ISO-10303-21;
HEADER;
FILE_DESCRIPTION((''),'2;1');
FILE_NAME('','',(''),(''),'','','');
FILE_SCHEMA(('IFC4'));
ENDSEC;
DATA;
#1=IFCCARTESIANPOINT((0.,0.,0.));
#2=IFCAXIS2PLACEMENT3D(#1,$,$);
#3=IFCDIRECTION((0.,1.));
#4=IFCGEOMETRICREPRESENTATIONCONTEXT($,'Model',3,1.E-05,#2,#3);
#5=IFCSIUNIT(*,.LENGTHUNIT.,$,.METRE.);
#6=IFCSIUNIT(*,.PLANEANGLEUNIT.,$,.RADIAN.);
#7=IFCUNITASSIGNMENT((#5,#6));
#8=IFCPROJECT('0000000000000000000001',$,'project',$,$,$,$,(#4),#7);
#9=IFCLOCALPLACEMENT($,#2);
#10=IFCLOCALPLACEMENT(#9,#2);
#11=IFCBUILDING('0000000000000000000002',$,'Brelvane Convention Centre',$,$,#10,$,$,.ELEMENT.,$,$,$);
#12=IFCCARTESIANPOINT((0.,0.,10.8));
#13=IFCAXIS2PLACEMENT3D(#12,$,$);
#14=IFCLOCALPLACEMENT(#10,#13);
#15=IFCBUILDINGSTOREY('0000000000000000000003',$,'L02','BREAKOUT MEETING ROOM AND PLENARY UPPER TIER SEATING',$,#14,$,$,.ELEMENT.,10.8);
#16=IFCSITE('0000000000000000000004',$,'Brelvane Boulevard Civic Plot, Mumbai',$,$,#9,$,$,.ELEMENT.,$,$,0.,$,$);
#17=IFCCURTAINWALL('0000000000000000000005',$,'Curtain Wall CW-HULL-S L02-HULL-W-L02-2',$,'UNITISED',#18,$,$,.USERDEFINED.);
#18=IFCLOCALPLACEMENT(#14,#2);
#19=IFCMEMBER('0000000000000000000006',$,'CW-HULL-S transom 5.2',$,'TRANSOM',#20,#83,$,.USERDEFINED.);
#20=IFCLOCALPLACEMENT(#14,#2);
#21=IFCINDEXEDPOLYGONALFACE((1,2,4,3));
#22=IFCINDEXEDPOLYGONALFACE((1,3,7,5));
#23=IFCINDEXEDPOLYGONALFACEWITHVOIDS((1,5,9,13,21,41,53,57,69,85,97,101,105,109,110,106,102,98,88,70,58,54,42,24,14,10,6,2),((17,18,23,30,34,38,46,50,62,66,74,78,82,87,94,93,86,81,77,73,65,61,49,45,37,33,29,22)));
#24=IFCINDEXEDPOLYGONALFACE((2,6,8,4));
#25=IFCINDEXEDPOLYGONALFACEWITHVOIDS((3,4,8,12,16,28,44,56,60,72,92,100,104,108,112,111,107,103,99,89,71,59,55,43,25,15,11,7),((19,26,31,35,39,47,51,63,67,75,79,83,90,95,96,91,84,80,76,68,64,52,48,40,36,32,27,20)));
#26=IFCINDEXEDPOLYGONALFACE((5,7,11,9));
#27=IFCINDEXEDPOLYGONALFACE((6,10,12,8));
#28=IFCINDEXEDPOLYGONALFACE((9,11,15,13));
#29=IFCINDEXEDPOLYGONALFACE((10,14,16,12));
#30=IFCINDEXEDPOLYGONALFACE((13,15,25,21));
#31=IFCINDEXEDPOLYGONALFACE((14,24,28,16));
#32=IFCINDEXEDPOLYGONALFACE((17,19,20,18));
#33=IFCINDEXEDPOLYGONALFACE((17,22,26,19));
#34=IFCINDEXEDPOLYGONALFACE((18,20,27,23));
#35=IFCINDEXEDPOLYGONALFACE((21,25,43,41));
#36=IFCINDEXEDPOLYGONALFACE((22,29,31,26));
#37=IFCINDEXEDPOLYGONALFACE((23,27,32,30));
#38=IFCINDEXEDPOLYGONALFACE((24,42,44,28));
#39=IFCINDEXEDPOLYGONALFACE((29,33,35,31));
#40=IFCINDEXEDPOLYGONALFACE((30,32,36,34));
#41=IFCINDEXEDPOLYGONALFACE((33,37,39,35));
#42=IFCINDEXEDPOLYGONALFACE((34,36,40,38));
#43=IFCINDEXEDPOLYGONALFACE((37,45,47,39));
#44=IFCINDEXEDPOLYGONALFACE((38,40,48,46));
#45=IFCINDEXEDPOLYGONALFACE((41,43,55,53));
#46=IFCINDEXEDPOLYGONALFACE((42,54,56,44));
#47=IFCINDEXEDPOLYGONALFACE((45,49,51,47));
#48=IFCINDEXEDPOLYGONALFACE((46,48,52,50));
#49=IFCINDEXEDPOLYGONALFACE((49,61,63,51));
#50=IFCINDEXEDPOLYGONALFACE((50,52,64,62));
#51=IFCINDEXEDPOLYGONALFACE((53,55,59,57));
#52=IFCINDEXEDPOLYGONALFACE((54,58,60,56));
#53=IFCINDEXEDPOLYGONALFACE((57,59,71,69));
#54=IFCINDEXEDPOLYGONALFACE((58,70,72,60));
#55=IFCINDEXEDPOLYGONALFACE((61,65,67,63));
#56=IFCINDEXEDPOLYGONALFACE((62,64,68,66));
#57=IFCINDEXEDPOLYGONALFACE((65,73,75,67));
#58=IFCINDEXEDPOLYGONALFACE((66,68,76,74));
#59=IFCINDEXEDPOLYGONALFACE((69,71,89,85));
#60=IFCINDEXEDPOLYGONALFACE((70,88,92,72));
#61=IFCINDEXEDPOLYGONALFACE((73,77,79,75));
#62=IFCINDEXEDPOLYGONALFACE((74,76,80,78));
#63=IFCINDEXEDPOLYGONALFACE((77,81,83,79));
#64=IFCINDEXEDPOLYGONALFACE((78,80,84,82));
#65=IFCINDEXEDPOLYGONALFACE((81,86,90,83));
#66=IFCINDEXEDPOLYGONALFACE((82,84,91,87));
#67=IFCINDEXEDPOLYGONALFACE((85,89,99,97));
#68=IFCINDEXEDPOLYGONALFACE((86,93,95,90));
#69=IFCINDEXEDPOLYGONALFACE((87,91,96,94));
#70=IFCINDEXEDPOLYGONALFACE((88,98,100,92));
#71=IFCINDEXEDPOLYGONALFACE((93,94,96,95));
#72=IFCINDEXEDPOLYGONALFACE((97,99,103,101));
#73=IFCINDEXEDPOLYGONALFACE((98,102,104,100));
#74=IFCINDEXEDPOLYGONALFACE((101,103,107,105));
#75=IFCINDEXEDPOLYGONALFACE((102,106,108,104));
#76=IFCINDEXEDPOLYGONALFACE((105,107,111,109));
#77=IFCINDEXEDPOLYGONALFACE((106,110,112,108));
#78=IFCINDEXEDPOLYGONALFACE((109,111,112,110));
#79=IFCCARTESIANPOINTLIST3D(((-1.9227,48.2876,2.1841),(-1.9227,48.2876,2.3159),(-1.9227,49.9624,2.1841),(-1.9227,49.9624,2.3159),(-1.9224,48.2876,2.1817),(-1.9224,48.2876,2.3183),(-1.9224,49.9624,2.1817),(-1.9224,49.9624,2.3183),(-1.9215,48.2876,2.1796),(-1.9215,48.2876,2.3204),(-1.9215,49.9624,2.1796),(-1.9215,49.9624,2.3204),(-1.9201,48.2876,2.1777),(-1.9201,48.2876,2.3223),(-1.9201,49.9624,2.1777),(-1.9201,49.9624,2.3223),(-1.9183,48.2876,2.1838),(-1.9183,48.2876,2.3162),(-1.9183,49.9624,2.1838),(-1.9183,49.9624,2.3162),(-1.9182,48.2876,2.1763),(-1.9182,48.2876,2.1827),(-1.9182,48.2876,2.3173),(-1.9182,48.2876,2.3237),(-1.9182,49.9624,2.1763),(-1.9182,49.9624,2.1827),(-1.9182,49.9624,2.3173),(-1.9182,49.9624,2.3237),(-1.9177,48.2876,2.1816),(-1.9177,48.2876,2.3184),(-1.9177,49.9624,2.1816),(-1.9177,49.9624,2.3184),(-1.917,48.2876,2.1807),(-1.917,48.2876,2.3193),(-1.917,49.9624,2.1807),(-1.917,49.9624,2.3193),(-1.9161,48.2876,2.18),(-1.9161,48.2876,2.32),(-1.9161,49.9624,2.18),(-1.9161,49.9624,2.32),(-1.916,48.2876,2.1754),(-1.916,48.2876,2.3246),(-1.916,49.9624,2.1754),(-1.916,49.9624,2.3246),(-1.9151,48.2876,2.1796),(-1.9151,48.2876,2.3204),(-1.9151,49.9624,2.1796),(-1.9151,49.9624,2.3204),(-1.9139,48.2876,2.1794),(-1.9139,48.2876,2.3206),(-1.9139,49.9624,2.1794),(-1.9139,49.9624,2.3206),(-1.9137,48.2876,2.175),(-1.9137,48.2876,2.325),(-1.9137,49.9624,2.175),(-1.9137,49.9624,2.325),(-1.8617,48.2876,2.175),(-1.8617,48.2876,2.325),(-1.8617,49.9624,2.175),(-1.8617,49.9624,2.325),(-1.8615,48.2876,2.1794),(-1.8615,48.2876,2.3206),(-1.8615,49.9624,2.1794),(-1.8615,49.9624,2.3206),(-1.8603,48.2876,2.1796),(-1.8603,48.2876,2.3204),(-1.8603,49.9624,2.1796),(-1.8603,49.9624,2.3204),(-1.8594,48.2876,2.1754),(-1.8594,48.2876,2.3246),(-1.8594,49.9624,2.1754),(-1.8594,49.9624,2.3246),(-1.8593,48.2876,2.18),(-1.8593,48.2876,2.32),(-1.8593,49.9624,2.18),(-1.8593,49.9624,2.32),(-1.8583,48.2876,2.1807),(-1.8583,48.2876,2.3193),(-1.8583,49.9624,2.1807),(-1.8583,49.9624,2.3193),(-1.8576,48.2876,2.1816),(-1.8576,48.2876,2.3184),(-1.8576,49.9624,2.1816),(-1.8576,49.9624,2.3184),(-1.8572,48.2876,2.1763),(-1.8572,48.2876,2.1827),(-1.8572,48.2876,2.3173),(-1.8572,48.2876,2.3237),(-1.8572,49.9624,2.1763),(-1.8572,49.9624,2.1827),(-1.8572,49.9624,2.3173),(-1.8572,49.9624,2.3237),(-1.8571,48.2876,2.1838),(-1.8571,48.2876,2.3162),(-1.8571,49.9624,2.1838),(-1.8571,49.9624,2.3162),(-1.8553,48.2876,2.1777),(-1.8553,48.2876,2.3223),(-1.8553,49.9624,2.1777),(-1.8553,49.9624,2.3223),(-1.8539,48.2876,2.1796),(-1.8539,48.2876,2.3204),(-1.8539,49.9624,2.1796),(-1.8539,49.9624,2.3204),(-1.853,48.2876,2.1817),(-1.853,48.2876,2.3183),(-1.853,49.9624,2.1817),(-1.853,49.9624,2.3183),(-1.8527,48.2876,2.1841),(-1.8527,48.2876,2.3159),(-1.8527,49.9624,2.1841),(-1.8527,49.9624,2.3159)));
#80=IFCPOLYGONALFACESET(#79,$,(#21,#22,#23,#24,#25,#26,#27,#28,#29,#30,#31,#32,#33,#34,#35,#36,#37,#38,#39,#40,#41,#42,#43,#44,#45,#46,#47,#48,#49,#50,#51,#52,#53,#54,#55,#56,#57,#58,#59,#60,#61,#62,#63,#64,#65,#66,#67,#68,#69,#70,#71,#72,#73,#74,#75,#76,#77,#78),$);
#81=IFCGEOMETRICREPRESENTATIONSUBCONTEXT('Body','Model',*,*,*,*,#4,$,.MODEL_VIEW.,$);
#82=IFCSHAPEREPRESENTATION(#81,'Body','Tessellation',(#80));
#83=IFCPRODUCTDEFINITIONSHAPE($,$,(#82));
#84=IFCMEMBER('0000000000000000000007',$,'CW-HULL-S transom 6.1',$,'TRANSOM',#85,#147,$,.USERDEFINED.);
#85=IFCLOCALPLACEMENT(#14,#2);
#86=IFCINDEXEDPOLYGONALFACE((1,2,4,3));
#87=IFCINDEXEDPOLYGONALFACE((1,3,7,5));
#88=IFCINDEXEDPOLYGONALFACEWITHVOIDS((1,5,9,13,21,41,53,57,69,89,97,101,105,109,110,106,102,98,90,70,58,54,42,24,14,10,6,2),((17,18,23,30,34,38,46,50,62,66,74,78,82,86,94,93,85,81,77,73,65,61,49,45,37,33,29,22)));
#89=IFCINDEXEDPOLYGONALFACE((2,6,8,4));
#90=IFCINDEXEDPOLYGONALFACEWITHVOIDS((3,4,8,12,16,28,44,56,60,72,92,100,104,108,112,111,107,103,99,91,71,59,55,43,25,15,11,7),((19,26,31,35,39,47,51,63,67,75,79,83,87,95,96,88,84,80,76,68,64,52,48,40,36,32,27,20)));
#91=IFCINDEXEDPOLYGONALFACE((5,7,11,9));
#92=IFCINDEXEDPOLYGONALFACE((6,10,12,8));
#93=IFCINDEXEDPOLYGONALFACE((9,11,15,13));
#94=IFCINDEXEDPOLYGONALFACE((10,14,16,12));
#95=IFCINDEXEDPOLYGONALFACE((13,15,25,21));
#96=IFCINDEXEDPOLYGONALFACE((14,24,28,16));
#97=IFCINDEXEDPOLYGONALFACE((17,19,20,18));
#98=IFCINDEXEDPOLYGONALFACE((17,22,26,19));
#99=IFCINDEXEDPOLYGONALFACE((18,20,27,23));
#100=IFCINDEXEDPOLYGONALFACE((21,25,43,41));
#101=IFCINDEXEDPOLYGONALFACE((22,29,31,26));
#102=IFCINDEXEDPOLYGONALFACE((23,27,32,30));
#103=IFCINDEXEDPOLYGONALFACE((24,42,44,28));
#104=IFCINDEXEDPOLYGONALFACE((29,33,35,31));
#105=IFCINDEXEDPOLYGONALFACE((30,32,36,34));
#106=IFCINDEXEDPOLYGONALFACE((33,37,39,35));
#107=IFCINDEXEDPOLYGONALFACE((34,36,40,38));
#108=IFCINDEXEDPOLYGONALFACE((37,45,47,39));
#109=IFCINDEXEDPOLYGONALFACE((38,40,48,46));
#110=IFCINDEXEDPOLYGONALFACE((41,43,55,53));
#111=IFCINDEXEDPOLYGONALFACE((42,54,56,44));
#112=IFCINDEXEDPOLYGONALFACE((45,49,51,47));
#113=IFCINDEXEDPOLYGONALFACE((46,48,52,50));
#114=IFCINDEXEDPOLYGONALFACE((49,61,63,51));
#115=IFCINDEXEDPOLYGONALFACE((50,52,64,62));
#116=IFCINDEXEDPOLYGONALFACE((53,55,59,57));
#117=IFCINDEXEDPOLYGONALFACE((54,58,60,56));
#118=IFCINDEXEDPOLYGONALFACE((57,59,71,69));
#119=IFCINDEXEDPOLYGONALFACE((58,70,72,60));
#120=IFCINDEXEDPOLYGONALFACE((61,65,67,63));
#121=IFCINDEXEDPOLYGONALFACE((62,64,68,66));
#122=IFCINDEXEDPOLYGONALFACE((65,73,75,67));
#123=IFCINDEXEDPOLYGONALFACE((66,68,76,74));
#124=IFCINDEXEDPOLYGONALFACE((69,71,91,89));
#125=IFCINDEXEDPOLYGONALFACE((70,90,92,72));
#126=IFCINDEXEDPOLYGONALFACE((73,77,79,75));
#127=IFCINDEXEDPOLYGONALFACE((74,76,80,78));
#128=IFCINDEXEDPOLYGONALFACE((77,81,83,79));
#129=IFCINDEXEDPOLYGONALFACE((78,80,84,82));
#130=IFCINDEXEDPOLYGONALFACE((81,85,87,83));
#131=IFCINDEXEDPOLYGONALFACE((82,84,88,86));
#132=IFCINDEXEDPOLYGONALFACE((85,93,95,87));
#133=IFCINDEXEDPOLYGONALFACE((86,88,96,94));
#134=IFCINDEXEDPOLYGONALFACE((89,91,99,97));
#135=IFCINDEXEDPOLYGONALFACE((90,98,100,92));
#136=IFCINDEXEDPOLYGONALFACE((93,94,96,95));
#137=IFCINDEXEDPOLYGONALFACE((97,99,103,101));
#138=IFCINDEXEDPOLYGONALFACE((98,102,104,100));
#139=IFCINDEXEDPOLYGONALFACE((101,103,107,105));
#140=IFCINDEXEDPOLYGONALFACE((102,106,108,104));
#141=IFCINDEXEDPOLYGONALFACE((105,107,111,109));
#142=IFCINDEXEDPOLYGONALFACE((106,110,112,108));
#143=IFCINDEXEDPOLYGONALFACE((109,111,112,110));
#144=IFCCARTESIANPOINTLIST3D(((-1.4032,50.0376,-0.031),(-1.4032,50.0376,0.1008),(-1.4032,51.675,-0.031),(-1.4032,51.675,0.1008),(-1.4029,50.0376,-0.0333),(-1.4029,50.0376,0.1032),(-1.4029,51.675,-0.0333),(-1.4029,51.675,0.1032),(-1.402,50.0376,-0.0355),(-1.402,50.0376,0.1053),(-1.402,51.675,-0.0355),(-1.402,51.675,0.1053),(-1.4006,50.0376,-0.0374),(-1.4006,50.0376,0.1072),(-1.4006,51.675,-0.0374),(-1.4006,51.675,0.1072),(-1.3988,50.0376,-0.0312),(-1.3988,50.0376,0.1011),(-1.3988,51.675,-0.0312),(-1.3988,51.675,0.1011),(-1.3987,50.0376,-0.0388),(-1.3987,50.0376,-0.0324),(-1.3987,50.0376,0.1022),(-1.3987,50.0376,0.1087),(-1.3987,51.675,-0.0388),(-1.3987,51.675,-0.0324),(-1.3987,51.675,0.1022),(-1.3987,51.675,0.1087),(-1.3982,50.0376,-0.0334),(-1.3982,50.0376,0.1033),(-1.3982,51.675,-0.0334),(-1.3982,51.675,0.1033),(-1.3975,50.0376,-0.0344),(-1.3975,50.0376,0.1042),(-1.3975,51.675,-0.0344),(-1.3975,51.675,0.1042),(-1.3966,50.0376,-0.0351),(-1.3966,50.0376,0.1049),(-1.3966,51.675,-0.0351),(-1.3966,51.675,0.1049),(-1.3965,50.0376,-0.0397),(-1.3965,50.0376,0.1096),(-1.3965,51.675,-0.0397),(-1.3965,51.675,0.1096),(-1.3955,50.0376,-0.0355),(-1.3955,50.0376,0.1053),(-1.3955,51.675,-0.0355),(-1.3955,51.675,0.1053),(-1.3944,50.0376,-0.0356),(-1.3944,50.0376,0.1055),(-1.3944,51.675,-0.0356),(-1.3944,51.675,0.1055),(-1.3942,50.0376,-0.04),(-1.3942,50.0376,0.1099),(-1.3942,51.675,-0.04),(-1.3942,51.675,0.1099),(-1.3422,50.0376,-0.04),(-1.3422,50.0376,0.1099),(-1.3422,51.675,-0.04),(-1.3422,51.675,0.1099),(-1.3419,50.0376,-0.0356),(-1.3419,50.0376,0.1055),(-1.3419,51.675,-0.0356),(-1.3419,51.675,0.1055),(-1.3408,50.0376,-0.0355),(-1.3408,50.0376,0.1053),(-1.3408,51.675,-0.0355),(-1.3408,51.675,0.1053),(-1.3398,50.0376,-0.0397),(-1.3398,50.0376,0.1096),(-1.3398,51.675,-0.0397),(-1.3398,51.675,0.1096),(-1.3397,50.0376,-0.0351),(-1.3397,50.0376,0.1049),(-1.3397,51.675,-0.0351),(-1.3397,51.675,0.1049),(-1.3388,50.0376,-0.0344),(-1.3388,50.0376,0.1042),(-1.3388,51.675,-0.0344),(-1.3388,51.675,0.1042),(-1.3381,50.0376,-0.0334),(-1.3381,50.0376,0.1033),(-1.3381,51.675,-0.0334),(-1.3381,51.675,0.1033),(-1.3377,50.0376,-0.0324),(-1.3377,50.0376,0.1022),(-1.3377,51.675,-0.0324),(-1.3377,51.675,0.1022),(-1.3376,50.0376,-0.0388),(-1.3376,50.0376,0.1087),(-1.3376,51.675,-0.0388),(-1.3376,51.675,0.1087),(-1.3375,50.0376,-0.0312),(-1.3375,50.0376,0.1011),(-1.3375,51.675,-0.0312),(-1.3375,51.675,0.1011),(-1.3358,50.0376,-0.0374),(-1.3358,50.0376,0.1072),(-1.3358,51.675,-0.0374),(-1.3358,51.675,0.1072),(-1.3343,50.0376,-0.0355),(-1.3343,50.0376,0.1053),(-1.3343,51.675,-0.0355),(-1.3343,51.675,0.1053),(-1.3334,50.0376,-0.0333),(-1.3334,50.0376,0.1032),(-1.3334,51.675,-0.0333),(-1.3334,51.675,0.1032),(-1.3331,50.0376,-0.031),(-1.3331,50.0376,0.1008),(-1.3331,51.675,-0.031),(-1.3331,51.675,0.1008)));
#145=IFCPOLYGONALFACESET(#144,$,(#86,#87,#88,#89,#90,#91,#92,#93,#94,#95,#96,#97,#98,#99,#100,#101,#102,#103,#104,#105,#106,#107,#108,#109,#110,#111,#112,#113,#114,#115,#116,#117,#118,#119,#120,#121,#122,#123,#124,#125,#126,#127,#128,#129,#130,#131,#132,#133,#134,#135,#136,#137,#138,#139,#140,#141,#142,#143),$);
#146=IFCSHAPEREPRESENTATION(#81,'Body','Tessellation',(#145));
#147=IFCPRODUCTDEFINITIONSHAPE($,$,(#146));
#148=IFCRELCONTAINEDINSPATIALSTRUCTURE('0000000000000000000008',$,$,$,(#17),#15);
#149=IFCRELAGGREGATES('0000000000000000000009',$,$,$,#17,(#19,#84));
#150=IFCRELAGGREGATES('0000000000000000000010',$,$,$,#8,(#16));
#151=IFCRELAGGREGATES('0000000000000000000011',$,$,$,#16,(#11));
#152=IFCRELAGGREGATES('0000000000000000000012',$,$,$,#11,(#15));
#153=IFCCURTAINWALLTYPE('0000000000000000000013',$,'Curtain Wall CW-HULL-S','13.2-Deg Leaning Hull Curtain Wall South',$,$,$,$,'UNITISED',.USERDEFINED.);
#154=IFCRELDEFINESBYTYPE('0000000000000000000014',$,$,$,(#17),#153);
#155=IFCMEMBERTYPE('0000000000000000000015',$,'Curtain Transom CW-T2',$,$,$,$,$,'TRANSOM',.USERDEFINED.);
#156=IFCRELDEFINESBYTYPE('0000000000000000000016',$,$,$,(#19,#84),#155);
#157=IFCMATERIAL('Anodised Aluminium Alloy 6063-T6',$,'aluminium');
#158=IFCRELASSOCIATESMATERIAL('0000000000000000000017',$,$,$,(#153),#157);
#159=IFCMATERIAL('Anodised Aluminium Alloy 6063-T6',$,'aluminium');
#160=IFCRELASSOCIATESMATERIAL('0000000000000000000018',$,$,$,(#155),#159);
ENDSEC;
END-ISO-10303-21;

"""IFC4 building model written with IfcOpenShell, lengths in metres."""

from ifc_helpers import new_model, si_unit, direction, frame, origin, origin_2d, place, context, subcontext, project, spatial, hollow_rectangle, extrude, material, material_profile, profile_set, type_object, element, aggregate, save


model = new_model("IFC4")

# Units and contexts
model_context = context("Model", 3, precision=1e-05, world=origin(), true_north=direction((0.0, 1.0)))
body_context = subcontext(model_context, "Body", "Model", "MODEL_VIEW")
ifc_project = project(units=[si_unit("LENGTHUNIT", "METRE"), si_unit("PLANEANGLEUNIT", "RADIAN")], contexts=[model_context])

# Site, building, storey
site_placement = place(None, origin())
site = spatial("IfcSite", under=ifc_project, at=site_placement, Name="Brelvane Boulevard Civic Plot, Mumbai", CompositionType="ELEMENT", RefElevation=0.0)
building_placement = place(site_placement, origin())
building = spatial("IfcBuilding", under=site, at=building_placement, Name="Brelvane Convention Centre", CompositionType="ELEMENT")
storey_placement = place(building_placement, frame((0.0, 0.0, 10.8)))
storey = spatial("IfcBuildingStorey", under=building, at=storey_placement, Name="L02", Description="BREAKOUT MEETING ROOM AND PLENARY UPPER TIER SEATING", CompositionType="ELEMENT", Elevation=10.8)

# Curtain wall
ifc_material_1 = material(Name="Anodised Aluminium Alloy 6063-T6", Category="aluminium")
curtain_wall_type = type_object("IfcCurtainWallType", Name="Curtain Wall CW-HULL-S", Description="13.2-Deg Leaning Hull Curtain Wall South", ElementType="UNITISED", PredefinedType="USERDEFINED", material=ifc_material_1)
curtain_wall_1_placement = place(storey_placement, origin())
curtain_wall_1 = element("IfcCurtainWall", 1, at=curtain_wall_1_placement, inside=storey, type_object=curtain_wall_type, Name="Curtain Wall CW-HULL-S L02-HULL-W-L02-2", ObjectType="UNITISED", PredefinedType="USERDEFINED")

# Members
ifc_material_2 = material(Name="Anodised Aluminium Alloy 6063-T6", Category="aluminium")
ifc_material_profile_1 = material_profile(ifc_material_2, hollow_rectangle(XDim=0.0701, YDim=0.1499, WallThickness=0.0044, InnerFilletRadius=0.0044, OuterFilletRadius=0.009, at=origin_2d()), Name="ALU-T 150x70x4.5")
ifc_profile_set_1 = profile_set([ifc_material_profile_1], Name="Anodised Aluminium Alloy 6063-T6")
member_type_1 = type_object("IfcMemberType", Name="Curtain Transom CW-T2", ElementType="TRANSOM", PredefinedType="USERDEFINED", material=ifc_profile_set_1)
member_1_placement = place(storey_placement, frame((-1.8877, 48.2876, 2.25), z_axis=(0.0, 1.0, 0.0), x_axis=(-1.0, 0.0, 0.0)))
member_1 = element("IfcMember", 2, at=member_1_placement, type_object=member_type_1, Name="CW-HULL-S transom 5.2", ObjectType="TRANSOM", PredefinedType="USERDEFINED", context=body_context, shape_type="SweptSolid", body=[
    extrude(hollow_rectangle(XDim=0.0701, YDim=0.1499, WallThickness=0.0044, InnerFilletRadius=0.0044, OuterFilletRadius=0.009, at=origin_2d()), origin(), (0.0, 0.0, 1.0), 1.6748),
])
member_2_placement = place(storey_placement, frame((-1.3682, 50.0376, 0.0349), z_axis=(0.0, 1.0, 0.0), x_axis=(-1.0, 0.0, 0.0)))
member_2 = element("IfcMember", 3, at=member_2_placement, type_object=member_type_1, Name="CW-HULL-S transom 6.1", ObjectType="TRANSOM", PredefinedType="USERDEFINED", context=body_context, shape_type="SweptSolid", body=[
    extrude(hollow_rectangle(XDim=0.0701, YDim=0.1499, WallThickness=0.0044, InnerFilletRadius=0.0044, OuterFilletRadius=0.009, at=origin_2d()), origin(), (0.0, 0.0, 1.0), 1.6375),
])

aggregate(curtain_wall_1, [member_1, member_2])

save(model, "model.ifc")
